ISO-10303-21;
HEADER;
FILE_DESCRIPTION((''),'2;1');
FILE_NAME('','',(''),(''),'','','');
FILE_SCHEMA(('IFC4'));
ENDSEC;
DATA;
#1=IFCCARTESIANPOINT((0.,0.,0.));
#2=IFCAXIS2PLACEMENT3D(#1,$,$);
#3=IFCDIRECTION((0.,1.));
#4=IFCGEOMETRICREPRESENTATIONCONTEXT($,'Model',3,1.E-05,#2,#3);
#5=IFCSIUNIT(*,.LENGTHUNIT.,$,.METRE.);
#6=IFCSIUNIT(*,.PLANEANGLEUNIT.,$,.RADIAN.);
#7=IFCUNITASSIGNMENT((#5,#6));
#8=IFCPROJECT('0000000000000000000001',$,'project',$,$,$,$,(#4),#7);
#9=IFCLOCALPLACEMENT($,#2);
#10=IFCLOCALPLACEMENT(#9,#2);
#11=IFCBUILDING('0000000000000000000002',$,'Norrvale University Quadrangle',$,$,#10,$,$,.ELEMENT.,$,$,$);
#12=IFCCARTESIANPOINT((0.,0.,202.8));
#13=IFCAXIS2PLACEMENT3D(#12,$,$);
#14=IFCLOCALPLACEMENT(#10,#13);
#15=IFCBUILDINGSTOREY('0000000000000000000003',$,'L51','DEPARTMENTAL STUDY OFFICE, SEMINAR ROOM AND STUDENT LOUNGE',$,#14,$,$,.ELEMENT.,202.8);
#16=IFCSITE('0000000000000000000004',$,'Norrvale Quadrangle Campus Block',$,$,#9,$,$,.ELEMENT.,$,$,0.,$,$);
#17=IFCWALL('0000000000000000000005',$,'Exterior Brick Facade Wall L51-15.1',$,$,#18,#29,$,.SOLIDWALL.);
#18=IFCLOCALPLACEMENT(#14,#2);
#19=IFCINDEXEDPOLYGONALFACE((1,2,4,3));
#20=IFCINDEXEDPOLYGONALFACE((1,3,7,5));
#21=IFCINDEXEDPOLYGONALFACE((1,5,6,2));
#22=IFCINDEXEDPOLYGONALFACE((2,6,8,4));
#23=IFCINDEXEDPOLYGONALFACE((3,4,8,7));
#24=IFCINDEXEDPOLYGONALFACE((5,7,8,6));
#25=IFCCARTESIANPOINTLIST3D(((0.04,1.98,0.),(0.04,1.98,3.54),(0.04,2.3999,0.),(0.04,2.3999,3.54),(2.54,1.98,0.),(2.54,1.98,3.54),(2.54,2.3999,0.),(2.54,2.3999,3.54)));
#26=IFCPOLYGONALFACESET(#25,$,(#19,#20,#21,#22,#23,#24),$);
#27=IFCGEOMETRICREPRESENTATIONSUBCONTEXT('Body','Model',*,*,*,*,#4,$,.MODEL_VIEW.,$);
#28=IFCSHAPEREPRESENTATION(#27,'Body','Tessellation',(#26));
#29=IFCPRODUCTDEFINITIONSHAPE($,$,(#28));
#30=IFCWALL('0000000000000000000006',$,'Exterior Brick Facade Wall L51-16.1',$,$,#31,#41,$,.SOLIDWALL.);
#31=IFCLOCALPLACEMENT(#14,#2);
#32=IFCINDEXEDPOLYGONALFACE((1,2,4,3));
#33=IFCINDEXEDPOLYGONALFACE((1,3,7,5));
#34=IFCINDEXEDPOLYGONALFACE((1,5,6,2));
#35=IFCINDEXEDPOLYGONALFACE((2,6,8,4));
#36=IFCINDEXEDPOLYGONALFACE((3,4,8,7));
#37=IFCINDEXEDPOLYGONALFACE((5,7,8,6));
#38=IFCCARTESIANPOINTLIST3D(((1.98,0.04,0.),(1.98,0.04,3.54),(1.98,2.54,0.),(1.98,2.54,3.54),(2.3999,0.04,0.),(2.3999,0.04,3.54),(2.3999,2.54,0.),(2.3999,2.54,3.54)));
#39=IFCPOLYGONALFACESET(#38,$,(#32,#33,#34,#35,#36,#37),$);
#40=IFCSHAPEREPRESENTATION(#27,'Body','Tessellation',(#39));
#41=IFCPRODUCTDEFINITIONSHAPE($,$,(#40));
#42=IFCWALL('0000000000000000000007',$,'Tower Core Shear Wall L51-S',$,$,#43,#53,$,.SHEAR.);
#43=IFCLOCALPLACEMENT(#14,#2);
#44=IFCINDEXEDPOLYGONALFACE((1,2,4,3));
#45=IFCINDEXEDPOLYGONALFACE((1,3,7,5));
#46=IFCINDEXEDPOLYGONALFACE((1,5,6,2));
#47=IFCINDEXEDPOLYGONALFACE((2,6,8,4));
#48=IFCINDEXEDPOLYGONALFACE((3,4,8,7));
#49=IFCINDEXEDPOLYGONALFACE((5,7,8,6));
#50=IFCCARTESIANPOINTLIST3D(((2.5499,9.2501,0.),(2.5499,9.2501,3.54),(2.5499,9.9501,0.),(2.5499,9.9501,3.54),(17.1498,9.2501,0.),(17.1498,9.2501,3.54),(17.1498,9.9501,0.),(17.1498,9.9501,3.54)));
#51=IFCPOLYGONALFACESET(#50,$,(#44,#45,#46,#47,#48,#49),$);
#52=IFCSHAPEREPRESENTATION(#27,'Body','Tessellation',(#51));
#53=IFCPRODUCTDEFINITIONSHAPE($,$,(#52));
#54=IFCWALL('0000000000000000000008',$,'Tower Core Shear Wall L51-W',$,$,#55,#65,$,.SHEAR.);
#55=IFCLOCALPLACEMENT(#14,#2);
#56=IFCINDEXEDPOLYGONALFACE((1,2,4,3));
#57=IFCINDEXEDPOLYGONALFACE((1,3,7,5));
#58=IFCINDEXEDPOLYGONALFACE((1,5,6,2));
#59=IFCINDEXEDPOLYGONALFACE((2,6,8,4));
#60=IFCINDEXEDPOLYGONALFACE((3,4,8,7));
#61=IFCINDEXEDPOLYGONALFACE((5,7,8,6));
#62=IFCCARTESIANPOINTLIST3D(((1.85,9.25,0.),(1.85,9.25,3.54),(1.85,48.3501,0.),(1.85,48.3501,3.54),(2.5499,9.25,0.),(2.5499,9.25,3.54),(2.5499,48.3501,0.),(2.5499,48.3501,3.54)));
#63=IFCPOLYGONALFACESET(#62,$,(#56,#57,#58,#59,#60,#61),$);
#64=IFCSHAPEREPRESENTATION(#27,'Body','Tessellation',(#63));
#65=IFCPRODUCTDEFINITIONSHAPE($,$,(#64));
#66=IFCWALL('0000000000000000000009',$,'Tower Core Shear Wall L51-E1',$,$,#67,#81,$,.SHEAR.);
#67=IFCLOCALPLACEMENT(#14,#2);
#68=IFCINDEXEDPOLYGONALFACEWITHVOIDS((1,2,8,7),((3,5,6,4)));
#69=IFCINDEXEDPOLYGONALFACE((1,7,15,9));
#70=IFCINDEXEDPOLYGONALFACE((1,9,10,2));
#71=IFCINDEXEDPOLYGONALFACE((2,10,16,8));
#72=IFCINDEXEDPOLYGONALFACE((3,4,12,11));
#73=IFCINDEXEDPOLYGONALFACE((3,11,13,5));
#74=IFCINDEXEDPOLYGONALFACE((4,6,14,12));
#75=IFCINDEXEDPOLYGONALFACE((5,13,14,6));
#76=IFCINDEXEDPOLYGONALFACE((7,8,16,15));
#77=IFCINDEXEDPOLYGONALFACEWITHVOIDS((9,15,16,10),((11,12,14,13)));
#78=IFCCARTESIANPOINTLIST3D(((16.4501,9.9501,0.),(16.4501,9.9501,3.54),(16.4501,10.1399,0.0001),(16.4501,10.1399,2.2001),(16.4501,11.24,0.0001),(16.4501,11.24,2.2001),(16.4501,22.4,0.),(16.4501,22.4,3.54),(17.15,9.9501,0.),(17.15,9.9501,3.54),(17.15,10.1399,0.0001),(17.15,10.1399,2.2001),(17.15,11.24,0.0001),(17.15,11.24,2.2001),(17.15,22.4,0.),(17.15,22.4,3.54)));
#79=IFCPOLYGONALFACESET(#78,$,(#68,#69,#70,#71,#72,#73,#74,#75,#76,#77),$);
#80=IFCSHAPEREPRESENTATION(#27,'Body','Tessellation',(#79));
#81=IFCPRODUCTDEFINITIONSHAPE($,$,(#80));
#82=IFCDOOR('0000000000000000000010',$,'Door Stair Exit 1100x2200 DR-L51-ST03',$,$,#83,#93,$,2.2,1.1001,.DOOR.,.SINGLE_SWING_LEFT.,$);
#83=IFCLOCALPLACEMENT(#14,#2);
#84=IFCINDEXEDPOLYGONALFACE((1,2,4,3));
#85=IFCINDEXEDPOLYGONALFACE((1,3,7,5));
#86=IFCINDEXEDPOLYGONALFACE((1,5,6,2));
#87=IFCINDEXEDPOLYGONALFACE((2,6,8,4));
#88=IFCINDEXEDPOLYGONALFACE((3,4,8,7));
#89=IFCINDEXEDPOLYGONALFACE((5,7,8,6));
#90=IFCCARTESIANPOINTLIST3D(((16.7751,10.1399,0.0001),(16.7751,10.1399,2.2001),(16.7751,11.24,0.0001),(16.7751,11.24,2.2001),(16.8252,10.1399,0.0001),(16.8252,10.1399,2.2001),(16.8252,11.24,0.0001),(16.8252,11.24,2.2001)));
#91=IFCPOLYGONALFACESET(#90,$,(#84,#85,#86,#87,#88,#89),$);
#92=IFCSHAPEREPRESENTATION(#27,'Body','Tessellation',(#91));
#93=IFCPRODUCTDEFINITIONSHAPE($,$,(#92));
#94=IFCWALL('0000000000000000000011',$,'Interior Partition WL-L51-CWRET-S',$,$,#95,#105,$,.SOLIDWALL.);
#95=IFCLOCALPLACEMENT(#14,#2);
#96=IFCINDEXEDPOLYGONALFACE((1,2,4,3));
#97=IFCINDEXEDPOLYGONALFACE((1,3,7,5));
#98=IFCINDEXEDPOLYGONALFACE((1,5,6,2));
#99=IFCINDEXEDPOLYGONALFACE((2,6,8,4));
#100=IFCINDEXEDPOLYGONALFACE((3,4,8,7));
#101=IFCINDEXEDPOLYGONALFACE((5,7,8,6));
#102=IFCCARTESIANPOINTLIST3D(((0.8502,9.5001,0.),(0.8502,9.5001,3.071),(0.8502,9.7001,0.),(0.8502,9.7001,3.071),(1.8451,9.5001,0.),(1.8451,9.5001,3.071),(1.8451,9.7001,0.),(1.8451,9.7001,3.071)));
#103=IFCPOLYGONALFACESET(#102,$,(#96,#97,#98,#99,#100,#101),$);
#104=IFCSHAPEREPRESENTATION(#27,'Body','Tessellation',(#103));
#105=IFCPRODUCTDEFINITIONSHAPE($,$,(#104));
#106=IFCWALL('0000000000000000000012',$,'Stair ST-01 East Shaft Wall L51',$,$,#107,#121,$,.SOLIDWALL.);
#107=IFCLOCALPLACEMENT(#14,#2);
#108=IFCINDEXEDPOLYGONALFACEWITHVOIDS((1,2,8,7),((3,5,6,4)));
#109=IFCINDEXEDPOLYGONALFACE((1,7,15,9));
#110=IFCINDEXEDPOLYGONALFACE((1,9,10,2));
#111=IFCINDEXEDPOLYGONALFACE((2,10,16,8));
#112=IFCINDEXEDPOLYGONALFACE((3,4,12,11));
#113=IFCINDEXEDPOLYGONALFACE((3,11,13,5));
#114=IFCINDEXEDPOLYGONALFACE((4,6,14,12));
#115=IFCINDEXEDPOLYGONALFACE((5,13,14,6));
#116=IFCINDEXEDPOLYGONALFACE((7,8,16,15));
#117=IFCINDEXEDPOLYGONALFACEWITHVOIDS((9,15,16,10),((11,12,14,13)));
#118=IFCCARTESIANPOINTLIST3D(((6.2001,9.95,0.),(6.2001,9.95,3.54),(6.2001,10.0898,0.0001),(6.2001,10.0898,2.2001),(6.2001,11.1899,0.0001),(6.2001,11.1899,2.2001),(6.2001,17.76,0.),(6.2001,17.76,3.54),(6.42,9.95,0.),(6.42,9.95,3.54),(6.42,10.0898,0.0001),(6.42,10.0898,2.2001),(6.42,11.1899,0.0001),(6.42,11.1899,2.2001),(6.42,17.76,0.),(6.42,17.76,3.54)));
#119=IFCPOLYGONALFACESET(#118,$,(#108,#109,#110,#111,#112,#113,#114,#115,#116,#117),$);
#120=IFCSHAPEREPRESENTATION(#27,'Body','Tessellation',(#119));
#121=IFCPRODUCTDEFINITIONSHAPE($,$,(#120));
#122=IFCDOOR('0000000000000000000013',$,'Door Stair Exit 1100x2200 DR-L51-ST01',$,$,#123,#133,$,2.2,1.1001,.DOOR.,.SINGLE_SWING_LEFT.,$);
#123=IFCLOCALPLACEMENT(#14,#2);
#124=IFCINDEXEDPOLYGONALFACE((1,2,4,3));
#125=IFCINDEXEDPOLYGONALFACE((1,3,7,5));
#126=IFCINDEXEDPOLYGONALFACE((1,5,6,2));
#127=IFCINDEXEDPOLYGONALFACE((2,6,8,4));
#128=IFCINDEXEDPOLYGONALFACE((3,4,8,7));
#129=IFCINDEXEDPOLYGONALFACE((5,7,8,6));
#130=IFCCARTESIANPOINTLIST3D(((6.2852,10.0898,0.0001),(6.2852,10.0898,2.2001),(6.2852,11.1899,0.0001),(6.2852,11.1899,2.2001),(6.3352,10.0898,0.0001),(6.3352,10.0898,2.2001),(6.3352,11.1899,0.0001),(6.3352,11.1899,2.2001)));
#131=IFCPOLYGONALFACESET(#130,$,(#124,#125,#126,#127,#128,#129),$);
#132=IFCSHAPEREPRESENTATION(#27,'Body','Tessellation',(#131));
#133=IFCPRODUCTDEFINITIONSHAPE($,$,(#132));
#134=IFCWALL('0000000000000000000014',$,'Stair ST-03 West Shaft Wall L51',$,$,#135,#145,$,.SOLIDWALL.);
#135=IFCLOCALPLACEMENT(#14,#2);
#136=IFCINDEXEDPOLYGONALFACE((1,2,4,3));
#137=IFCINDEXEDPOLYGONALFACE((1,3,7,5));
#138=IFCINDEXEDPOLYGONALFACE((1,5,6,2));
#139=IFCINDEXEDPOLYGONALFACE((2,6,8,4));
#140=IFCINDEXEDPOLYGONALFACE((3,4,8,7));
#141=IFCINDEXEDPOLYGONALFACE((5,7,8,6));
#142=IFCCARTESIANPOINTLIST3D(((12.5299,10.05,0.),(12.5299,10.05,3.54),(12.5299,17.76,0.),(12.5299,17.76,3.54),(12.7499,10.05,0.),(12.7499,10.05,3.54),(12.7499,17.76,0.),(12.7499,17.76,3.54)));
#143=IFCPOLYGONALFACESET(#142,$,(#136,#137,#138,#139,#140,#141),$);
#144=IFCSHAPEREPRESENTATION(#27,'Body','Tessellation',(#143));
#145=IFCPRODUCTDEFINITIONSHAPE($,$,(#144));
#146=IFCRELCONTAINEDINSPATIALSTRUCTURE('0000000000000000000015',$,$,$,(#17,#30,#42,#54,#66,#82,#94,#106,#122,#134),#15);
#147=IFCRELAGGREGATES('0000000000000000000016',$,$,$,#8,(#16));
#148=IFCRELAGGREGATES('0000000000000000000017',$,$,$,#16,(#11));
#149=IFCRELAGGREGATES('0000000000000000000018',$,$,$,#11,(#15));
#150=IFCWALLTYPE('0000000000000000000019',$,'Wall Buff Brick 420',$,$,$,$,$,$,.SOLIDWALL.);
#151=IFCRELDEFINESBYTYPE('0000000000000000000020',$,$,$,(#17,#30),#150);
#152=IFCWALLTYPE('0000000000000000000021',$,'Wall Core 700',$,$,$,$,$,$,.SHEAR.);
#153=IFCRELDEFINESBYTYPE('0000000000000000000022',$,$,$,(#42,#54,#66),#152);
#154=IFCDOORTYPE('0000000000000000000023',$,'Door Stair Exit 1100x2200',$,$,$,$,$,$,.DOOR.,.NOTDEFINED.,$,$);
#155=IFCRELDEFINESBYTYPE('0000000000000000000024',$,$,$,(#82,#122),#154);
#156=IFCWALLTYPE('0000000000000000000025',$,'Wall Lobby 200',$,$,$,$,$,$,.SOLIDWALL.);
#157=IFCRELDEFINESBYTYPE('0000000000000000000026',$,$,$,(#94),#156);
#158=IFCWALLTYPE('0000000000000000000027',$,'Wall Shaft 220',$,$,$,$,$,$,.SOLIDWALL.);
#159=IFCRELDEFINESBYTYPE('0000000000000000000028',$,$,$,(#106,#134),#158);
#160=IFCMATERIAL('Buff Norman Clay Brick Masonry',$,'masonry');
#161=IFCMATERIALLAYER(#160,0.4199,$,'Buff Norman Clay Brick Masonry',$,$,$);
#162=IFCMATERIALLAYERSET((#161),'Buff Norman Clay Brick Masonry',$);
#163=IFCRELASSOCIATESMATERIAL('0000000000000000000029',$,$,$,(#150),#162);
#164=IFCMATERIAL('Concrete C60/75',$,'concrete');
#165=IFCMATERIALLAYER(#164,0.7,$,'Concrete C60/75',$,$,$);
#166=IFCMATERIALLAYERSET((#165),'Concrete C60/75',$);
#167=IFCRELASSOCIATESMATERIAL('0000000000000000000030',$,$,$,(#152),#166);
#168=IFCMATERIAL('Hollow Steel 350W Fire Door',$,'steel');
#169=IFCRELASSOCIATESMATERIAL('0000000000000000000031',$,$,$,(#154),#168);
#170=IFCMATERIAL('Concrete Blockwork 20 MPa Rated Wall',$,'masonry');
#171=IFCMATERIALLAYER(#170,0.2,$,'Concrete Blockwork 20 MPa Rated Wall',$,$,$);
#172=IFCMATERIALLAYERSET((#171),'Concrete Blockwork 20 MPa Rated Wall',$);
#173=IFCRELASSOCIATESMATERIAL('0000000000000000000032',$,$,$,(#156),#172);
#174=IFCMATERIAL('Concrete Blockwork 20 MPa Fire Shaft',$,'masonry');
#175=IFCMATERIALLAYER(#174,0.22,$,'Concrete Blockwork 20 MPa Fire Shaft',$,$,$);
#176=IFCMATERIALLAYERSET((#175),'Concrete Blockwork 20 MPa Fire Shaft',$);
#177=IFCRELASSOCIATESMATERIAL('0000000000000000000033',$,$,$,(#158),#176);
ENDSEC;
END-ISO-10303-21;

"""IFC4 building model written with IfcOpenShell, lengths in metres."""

from ifc_helpers import new_model, si_unit, direction, frame, frame_2d, origin, place, context, subcontext, project, spatial, rectangle, extrude, material, layer, layer_set, type_object, element, fill, save


model = new_model("IFC4")

# Units and contexts
model_context = context("Model", 3, precision=1e-05, world=origin(), true_north=direction((0.0, 1.0)))
body_context = subcontext(model_context, "Body", "Model", "MODEL_VIEW")
ifc_project = project(units=[si_unit("LENGTHUNIT", "METRE"), si_unit("PLANEANGLEUNIT", "RADIAN")], contexts=[model_context])

# Site, building, storey
site_placement = place(None, origin())
site = spatial("IfcSite", under=ifc_project, at=site_placement, Name="Norrvale Quadrangle Campus Block", CompositionType="ELEMENT", RefElevation=0.0)
building_placement = place(site_placement, origin())
building = spatial("IfcBuilding", under=site, at=building_placement, Name="Norrvale University Quadrangle", CompositionType="ELEMENT")
storey_placement = place(building_placement, frame((0.0, 0.0, 202.8)))
storey = spatial("IfcBuildingStorey", under=building, at=storey_placement, Name="L51", Description="DEPARTMENTAL STUDY OFFICE, SEMINAR ROOM AND STUDENT LOUNGE", CompositionType="ELEMENT", Elevation=202.8)

# Shared definitions
ifc_material_1 = material(Name="Concrete C60/75", Category="concrete")

# Shared definitions
ifc_material_2 = material(Name="Buff Norman Clay Brick Masonry", Category="masonry")
ifc_layer_1 = layer(ifc_material_2, 0.4199, Name="Buff Norman Clay Brick Masonry")
ifc_layer_set_1 = layer_set([ifc_layer_1], Name="Buff Norman Clay Brick Masonry")
wall_type_1 = type_object("IfcWallType", Name="Wall Buff Brick 420", PredefinedType="SOLIDWALL", material=ifc_layer_set_1)

# Walls
for number, where, z_axis, x_axis, name in (
    (1, (0.04, 2.1899, 0.0), (0.0, 0.0, 1.0), (1.0, 0.0, 0.0), "Exterior Brick Facade Wall L51-15.1"),
    (2, (2.1899, 2.54, 0.0), (0.0, 0.0, 1.0), (0.0, -1.0, 0.0), "Exterior Brick Facade Wall L51-16.1"),
):
    element("IfcWall", number, at=place(storey_placement, frame(where, z_axis=z_axis, x_axis=x_axis)), inside=storey, type_object=wall_type_1, Name=name, PredefinedType="SOLIDWALL", context=body_context, shape_type="SweptSolid", body=[
        extrude(rectangle(XDim=2.5, YDim=0.4199, at=frame_2d((1.25, 0.0))), origin(), (0.0, 0.0, 1.0), 3.54),
    ])
ifc_layer_2 = layer(ifc_material_1, 0.7, Name="Concrete C60/75")
ifc_layer_set_2 = layer_set([ifc_layer_2], Name="Concrete C60/75")
wall_type_2 = type_object("IfcWallType", Name="Wall Core 700", PredefinedType="SHEAR", material=ifc_layer_set_2)
wall_1_placement = place(storey_placement, frame((2.55, 9.6001, 0.0), z_axis=(0.0, 0.0, 1.0), x_axis=(1.0, 0.0, 0.0)))
element("IfcWall", 3, at=wall_1_placement, inside=storey, type_object=wall_type_2, Name="Tower Core Shear Wall L51-S", PredefinedType="SHEAR", context=body_context, shape_type="SweptSolid", body=[
    extrude(rectangle(XDim=14.5999, YDim=0.7, at=frame_2d((7.2998, 0.0))), origin(), (0.0, 0.0, 1.0), 3.54),
])
wall_2_placement = place(storey_placement, frame((2.2, 9.25, 0.0), z_axis=(0.0, 0.0, 1.0), x_axis=(0.0, 1.0, 0.0)))
element("IfcWall", 4, at=wall_2_placement, inside=storey, type_object=wall_type_2, Name="Tower Core Shear Wall L51-W", PredefinedType="SHEAR", context=body_context, shape_type="SweptSolid", body=[
    extrude(rectangle(XDim=39.1001, YDim=0.7, at=frame_2d((19.55, 0.0))), origin(), (0.0, 0.0, 1.0), 3.54),
])

# Wall, opening, door
wall_3_placement = place(storey_placement, frame((16.8, 9.95, 0.0), z_axis=(0.0, 0.0, 1.0), x_axis=(0.0, 1.0, 0.0)))
wall_3 = element("IfcWall", 5, at=wall_3_placement, inside=storey, type_object=wall_type_2, Name="Tower Core Shear Wall L51-E1", PredefinedType="SHEAR", context=body_context, shape_type="SweptSolid", body=[
    extrude(rectangle(XDim=12.45, YDim=0.7, at=frame_2d((6.2251, 0.0))), origin(), (0.0, 0.0, 1.0), 3.54),
])
opening_1_placement = place(wall_3_placement, frame((0.1899, 0.0, 0.0)))
opening_1 = element("IfcOpeningElement", 6, at=opening_1_placement, cuts=wall_3, PredefinedType="OPENING", context=body_context, shape_type="SweptSolid", body=[
    extrude(rectangle(XDim=1.1001, YDim=2.2, at=frame_2d((0.55, 1.1001))), frame((0.0, 0.3621, 0.0), z_axis=(0.0, -1.0, 0.0), x_axis=(1.0, 0.0, 0.0)), (0.0, 0.0, 1.0), 0.7239),
])
ifc_material_3 = material(Name="Hollow Steel 350W Fire Door", Category="steel")
door_type = type_object("IfcDoorType", Name="Door Stair Exit 1100x2200", OperationType="NOTDEFINED", PredefinedType="DOOR", material=ifc_material_3)
door_1_placement = place(opening_1_placement, origin())
door_1 = element("IfcDoor", 7, at=door_1_placement, inside=storey, type_object=door_type, Name="Door Stair Exit 1100x2200 DR-L51-ST03", OperationType="SINGLE_SWING_LEFT", OverallHeight=2.2, OverallWidth=1.1001, PredefinedType="DOOR", context=body_context, shape_type="SweptSolid", body=[
    extrude(rectangle(XDim=1.1001, YDim=2.2, at=frame_2d((0.55, 1.1001))), frame((0.0, 0.0249, 0.0), z_axis=(0.0, -1.0, 0.0), x_axis=(1.0, 0.0, 0.0)), (0.0, 0.0, 1.0), 0.05),
])
fill(opening_1, door_1)

# Wall
ifc_material_4 = material(Name="Concrete Blockwork 20 MPa Rated Wall", Category="masonry")
ifc_layer_3 = layer(ifc_material_4, 0.2, Name="Concrete Blockwork 20 MPa Rated Wall")
ifc_layer_set_3 = layer_set([ifc_layer_3], Name="Concrete Blockwork 20 MPa Rated Wall")
wall_type_3 = type_object("IfcWallType", Name="Wall Lobby 200", PredefinedType="SOLIDWALL", material=ifc_layer_set_3)
wall_4_placement = place(storey_placement, frame((0.8501, 9.6001, 0.0), z_axis=(0.0, 0.0, 1.0), x_axis=(1.0, 0.0, 0.0)))
element("IfcWall", 8, at=wall_4_placement, inside=storey, type_object=wall_type_3, Name="Interior Partition WL-L51-CWRET-S", PredefinedType="SOLIDWALL", context=body_context, shape_type="SweptSolid", body=[
    extrude(rectangle(XDim=0.9949, YDim=0.2, at=frame_2d((0.4976, 0.0))), origin(), (0.0, 0.0, 1.0), 3.071),
])

# Wall, opening, door
ifc_material_5 = material(Name="Concrete Blockwork 20 MPa Fire Shaft", Category="masonry")
ifc_layer_4 = layer(ifc_material_5, 0.22, Name="Concrete Blockwork 20 MPa Fire Shaft")
ifc_layer_set_4 = layer_set([ifc_layer_4], Name="Concrete Blockwork 20 MPa Fire Shaft")
wall_type_4 = type_object("IfcWallType", Name="Wall Shaft 220", PredefinedType="SOLIDWALL", material=ifc_layer_set_4)
wall_5_placement = place(storey_placement, frame((6.3101, 9.95, 0.0), z_axis=(0.0, 0.0, 1.0), x_axis=(0.0, 1.0, 0.0)))
wall_5 = element("IfcWall", 9, at=wall_5_placement, inside=storey, type_object=wall_type_4, Name="Stair ST-01 East Shaft Wall L51", PredefinedType="SOLIDWALL", context=body_context, shape_type="SweptSolid", body=[
    extrude(rectangle(XDim=7.8101, YDim=0.22, at=frame_2d((3.905, 0.0))), origin(), (0.0, 0.0, 1.0), 3.54),
])
opening_2_placement = place(wall_5_placement, frame((0.1399, 0.0, 0.0)))
opening_2 = element("IfcOpeningElement", 10, at=opening_2_placement, cuts=wall_5, PredefinedType="OPENING", context=body_context, shape_type="SweptSolid", body=[
    extrude(rectangle(XDim=1.1001, YDim=2.2, at=frame_2d((0.55, 1.1001))), frame((0.0, 0.1221, 0.0), z_axis=(0.0, -1.0, 0.0), x_axis=(1.0, 0.0, 0.0)), (0.0, 0.0, 1.0), 0.2439),
])
door_2_placement = place(opening_2_placement, origin())
door_2 = element("IfcDoor", 11, at=door_2_placement, inside=storey, type_object=door_type, Name="Door Stair Exit 1100x2200 DR-L51-ST01", OperationType="SINGLE_SWING_LEFT", OverallHeight=2.2, OverallWidth=1.1001, PredefinedType="DOOR", context=body_context, shape_type="SweptSolid", body=[
    extrude(rectangle(XDim=1.1001, YDim=2.2, at=frame_2d((0.55, 1.1001))), frame((0.0, 0.0249, 0.0), z_axis=(0.0, -1.0, 0.0), x_axis=(1.0, 0.0, 0.0)), (0.0, 0.0, 1.0), 0.05),
])
fill(opening_2, door_2)

# Wall
wall_6_placement = place(storey_placement, frame((12.6399, 10.05, 0.0), z_axis=(0.0, 0.0, 1.0), x_axis=(0.0, 1.0, 0.0)))
element("IfcWall", 12, at=wall_6_placement, inside=storey, type_object=wall_type_4, Name="Stair ST-03 West Shaft Wall L51", PredefinedType="SOLIDWALL", context=body_context, shape_type="SweptSolid", body=[
    extrude(rectangle(XDim=7.71, YDim=0.22, at=frame_2d((3.855, 0.0))), origin(), (0.0, 0.0, 1.0), 3.54),
])

save(model, "model.ifc")
